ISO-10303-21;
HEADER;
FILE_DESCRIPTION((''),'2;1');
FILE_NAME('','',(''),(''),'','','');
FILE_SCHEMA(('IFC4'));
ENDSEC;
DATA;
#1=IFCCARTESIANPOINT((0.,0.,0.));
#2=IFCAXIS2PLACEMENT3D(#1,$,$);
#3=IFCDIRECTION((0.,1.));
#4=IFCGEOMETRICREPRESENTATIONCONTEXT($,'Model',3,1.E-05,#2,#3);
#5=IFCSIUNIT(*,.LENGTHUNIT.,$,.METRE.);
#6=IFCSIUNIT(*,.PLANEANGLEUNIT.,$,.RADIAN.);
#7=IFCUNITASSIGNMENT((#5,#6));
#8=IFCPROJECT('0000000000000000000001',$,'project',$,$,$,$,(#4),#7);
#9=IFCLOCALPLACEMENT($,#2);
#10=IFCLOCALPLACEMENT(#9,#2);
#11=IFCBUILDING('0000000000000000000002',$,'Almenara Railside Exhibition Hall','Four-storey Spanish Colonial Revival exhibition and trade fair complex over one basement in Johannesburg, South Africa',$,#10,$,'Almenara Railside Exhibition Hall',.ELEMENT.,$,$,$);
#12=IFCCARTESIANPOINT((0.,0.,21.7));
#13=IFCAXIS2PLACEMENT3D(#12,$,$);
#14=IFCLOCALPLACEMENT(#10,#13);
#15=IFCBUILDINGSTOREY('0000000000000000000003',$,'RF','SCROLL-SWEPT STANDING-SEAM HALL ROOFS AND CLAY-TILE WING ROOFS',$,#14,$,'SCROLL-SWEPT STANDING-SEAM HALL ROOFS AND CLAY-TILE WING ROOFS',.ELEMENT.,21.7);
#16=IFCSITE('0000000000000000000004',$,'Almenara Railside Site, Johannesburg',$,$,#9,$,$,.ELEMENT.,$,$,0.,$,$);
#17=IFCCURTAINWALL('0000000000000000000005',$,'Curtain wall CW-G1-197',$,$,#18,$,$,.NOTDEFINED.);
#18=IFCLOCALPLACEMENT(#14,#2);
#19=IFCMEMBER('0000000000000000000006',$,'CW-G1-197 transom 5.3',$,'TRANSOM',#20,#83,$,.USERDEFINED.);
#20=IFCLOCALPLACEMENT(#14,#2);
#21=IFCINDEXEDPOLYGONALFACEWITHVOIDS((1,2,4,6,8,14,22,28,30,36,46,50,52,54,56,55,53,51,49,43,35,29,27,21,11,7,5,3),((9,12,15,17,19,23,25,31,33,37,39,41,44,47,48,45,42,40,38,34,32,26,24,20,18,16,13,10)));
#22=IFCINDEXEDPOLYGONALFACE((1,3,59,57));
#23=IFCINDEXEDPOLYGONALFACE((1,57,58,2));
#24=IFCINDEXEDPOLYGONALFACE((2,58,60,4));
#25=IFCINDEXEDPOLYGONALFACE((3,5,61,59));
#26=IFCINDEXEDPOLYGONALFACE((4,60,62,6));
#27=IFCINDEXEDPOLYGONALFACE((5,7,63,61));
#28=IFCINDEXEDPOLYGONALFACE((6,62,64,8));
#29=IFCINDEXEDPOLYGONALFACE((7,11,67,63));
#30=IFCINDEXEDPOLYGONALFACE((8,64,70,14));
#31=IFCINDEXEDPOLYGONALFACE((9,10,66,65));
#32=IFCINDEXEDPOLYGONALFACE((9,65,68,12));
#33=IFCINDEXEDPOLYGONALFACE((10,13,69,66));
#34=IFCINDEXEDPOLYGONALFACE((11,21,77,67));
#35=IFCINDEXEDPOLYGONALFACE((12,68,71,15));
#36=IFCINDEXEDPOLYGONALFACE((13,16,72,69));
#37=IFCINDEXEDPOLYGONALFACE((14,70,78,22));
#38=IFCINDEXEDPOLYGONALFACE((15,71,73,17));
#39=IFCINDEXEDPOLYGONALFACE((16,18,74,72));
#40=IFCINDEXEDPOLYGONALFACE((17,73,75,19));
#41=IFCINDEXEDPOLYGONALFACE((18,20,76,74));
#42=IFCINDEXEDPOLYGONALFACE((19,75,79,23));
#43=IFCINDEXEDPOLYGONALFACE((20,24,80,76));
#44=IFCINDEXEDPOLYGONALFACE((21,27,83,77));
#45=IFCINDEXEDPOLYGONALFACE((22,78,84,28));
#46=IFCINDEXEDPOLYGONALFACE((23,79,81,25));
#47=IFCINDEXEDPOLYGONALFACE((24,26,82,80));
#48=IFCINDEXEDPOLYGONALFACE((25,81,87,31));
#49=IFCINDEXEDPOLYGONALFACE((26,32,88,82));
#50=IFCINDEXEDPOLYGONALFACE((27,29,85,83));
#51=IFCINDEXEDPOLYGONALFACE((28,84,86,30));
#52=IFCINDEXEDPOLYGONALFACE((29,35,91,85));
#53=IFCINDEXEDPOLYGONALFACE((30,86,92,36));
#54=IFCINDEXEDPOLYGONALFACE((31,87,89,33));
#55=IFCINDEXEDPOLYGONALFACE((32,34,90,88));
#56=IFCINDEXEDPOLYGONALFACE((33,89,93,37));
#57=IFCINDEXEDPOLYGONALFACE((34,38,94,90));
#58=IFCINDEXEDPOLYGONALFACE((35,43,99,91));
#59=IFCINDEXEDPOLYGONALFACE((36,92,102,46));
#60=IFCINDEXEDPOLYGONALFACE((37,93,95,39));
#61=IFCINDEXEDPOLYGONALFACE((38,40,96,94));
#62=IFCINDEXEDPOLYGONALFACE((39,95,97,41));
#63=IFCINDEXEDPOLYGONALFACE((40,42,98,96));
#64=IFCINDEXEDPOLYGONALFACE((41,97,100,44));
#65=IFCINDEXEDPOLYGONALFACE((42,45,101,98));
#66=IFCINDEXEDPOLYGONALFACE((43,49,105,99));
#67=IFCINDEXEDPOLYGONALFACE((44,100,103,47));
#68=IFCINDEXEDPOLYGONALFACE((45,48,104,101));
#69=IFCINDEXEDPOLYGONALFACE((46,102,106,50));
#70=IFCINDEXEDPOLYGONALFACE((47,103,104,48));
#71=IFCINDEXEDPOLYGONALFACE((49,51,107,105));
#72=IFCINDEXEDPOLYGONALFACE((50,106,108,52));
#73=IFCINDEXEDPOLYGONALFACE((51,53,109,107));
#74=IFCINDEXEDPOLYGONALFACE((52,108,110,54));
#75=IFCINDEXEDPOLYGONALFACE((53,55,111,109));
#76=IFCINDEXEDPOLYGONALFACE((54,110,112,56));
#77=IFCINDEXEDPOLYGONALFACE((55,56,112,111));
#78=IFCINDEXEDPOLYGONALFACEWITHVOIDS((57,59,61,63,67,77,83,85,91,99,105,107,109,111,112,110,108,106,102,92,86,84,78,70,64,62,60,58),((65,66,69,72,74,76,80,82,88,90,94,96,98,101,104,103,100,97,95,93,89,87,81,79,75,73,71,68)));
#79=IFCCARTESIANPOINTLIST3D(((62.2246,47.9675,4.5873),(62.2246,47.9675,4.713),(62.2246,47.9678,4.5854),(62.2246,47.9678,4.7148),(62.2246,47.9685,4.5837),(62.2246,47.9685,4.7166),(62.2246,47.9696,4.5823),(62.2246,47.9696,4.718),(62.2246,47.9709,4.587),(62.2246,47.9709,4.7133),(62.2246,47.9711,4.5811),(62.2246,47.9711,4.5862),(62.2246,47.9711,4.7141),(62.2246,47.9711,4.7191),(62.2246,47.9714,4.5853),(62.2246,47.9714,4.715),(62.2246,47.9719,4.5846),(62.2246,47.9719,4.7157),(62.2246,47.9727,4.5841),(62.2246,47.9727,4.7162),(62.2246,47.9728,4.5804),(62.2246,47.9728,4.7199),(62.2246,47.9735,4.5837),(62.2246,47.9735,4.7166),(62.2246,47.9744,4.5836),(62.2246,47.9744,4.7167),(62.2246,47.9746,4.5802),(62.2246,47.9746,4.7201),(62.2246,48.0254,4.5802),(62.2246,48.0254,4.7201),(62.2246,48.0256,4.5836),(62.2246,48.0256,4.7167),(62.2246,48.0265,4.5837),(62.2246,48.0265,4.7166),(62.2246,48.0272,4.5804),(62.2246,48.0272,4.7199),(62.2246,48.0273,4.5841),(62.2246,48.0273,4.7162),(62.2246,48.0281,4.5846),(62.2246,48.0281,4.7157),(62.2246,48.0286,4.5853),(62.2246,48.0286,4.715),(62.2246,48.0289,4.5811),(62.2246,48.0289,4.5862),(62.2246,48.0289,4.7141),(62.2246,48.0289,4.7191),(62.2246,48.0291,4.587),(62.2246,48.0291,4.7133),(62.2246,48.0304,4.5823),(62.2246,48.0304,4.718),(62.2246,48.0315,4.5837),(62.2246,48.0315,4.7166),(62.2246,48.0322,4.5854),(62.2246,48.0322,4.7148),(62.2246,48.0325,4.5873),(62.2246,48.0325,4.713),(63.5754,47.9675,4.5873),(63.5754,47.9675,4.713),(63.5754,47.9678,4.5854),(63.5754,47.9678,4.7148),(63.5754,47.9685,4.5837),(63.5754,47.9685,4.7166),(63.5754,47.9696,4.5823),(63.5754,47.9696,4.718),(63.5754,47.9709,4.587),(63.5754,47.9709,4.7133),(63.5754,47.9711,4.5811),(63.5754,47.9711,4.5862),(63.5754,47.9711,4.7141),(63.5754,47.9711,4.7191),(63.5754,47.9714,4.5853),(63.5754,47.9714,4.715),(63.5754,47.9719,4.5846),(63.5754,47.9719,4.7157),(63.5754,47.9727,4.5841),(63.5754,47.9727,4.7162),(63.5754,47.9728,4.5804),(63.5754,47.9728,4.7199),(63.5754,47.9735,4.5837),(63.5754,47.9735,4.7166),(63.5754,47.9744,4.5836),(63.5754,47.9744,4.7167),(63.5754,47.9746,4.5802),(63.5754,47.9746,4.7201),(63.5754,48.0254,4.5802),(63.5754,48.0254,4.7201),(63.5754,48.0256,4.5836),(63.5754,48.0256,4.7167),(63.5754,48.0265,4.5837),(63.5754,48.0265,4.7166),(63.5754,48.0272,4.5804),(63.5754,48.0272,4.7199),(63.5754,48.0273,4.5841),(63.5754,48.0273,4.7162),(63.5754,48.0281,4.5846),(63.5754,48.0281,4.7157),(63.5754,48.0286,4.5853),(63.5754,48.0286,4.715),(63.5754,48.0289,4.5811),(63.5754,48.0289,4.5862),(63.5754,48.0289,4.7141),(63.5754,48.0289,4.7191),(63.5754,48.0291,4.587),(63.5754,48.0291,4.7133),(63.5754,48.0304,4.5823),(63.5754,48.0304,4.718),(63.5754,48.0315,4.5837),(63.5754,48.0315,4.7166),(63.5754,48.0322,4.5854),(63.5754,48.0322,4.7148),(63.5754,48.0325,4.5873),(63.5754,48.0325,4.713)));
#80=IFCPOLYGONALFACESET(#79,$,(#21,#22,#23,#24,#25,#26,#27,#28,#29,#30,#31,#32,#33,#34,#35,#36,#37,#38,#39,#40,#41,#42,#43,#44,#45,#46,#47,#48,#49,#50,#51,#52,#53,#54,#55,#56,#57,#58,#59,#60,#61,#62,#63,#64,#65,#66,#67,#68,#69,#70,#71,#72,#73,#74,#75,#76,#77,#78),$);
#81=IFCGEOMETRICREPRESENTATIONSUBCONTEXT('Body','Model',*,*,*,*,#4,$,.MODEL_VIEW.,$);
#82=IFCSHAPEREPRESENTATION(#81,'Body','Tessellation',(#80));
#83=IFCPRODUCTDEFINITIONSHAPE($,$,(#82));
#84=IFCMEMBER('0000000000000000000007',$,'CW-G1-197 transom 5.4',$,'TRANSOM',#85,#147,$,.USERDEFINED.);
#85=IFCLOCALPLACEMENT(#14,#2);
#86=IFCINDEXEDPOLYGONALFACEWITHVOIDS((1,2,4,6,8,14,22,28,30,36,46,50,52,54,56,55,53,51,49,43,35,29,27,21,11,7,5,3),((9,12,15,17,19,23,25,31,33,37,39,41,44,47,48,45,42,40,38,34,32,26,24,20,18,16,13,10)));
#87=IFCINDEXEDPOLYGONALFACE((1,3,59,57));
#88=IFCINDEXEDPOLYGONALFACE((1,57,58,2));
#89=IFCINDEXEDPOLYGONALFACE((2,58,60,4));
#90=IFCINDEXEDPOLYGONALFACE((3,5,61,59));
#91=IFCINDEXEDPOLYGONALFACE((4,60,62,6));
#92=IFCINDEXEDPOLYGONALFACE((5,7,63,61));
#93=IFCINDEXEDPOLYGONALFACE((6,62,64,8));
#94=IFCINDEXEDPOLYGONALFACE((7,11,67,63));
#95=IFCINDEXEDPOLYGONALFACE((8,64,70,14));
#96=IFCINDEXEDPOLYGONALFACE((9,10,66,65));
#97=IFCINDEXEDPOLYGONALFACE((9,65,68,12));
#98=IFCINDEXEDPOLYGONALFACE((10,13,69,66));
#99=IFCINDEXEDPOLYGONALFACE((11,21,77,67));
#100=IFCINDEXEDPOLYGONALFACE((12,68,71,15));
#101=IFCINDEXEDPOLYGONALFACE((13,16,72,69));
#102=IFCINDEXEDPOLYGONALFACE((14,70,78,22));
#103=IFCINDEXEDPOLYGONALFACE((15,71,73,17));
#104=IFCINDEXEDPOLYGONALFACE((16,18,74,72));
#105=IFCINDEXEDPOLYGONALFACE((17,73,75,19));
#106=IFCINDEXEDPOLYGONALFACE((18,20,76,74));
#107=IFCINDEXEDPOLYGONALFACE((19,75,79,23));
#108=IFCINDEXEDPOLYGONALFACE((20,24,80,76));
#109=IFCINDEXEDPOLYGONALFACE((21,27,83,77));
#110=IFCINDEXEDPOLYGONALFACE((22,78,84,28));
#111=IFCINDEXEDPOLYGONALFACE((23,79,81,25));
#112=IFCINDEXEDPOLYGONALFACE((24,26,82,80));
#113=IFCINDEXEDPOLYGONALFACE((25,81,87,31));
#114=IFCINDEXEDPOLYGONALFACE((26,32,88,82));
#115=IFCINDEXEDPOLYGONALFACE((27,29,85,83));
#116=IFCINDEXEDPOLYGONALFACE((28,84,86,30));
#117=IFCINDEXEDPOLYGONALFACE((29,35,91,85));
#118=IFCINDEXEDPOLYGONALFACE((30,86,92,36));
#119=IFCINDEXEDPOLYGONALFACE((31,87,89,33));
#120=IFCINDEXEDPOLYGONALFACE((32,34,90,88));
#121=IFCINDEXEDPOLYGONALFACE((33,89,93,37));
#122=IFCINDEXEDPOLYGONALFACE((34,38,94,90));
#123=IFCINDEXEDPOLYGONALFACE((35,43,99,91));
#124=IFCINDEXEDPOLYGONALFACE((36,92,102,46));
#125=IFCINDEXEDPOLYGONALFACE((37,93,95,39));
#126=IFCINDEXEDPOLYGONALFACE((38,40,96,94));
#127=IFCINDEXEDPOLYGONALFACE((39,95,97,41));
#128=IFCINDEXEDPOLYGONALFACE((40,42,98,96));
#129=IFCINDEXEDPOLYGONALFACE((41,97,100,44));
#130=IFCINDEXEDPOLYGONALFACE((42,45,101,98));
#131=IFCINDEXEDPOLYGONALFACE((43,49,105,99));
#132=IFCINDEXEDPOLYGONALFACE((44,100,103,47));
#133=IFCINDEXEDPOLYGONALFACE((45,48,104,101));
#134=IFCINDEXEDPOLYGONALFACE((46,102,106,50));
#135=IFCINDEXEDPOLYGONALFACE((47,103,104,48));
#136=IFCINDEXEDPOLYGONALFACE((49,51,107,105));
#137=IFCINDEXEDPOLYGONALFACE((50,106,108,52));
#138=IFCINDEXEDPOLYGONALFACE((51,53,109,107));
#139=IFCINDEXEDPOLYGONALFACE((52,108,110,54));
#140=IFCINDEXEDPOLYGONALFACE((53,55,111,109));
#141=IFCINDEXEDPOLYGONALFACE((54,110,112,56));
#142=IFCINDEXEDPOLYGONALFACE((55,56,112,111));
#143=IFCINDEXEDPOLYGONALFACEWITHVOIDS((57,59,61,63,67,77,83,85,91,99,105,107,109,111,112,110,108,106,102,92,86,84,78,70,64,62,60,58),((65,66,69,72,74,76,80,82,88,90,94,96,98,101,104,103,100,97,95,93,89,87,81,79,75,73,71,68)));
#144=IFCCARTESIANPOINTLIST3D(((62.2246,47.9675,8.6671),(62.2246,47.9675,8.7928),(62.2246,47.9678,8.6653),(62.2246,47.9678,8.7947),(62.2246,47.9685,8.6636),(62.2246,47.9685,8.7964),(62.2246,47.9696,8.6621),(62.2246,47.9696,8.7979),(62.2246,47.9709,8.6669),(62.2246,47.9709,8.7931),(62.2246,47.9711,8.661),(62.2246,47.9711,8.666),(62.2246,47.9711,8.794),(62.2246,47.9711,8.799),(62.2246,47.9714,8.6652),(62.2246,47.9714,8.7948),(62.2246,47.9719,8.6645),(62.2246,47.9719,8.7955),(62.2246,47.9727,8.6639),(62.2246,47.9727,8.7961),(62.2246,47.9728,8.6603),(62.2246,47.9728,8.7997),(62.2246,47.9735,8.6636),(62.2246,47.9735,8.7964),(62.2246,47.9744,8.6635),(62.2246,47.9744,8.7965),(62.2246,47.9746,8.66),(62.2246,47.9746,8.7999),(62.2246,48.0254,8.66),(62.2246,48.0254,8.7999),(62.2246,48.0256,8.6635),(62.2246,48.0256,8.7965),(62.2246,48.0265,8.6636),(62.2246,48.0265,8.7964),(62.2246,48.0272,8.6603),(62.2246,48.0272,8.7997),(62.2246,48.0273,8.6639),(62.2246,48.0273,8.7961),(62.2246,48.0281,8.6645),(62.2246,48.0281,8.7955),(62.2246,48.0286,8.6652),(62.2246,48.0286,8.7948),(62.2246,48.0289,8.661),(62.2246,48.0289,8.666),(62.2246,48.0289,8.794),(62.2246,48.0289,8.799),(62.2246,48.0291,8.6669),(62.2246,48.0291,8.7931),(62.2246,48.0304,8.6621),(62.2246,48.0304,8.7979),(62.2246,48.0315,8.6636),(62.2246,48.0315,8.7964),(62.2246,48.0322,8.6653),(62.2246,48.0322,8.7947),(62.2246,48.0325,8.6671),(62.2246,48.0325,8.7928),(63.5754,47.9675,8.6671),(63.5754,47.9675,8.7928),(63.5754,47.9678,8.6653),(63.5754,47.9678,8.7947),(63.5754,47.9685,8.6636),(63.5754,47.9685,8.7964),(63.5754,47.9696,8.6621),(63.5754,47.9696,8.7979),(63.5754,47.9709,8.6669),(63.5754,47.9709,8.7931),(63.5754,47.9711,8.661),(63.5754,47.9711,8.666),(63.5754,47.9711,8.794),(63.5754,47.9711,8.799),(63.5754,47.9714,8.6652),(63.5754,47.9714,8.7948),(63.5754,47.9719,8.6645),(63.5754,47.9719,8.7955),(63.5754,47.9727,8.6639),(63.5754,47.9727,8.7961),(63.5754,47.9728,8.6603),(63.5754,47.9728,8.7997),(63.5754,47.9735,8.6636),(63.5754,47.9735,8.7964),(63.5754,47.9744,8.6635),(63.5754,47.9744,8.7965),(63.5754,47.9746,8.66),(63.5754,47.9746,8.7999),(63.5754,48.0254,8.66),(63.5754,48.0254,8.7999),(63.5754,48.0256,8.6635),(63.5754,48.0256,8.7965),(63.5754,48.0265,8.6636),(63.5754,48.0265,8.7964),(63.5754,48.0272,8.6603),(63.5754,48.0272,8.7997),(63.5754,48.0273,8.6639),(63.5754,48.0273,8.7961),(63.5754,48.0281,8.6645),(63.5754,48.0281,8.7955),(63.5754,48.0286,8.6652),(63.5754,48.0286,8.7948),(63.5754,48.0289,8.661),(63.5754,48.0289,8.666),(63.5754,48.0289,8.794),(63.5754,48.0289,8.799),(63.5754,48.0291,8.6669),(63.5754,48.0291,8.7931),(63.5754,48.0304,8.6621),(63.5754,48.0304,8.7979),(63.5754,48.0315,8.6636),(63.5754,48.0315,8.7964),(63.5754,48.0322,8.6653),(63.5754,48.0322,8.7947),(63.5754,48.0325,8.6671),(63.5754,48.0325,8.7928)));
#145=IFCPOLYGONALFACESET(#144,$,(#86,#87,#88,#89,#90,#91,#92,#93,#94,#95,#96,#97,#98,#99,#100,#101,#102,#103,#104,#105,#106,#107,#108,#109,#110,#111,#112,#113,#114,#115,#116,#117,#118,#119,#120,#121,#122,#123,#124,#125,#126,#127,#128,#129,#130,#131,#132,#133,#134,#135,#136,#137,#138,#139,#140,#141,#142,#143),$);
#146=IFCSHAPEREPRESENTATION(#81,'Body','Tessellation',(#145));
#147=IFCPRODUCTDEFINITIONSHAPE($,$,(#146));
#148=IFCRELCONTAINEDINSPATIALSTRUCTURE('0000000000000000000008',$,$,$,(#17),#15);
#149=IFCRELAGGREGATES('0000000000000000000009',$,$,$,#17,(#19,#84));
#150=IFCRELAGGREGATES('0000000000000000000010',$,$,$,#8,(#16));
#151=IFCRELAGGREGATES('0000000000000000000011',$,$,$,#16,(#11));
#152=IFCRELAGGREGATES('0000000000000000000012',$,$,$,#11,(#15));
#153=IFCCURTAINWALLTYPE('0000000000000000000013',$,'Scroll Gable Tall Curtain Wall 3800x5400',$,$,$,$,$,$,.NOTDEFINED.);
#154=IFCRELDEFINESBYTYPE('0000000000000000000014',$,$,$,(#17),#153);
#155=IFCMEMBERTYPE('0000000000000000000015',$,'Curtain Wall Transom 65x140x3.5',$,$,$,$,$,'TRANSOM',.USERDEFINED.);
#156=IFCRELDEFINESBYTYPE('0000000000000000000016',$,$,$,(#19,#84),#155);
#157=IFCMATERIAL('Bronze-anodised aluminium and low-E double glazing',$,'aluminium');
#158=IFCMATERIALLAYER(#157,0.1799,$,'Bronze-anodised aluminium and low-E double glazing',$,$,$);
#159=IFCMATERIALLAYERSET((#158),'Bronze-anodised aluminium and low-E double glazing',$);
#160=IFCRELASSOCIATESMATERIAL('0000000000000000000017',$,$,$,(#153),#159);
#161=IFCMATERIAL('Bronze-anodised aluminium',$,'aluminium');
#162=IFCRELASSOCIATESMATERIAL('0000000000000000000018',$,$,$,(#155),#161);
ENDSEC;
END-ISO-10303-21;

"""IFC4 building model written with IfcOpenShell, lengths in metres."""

from ifc_helpers import new_model, si_unit, direction, frame, origin, origin_2d, place, context, subcontext, project, spatial, hollow_rectangle, extrude, material, layer, layer_set, material_profile, profile_set, type_object, element, aggregate, save


model = new_model("IFC4")

# Units and contexts
model_context = context("Model", 3, precision=1e-05, world=origin(), true_north=direction((0.0, 1.0)))
body_context = subcontext(model_context, "Body", "Model", "MODEL_VIEW")
ifc_project = project(units=[si_unit("LENGTHUNIT", "METRE"), si_unit("PLANEANGLEUNIT", "RADIAN")], contexts=[model_context])

# Site, building, storey
site_placement = place(None, origin())
site = spatial("IfcSite", under=ifc_project, at=site_placement, Name="Almenara Railside Site, Johannesburg", CompositionType="ELEMENT", RefElevation=0.0)
building_placement = place(site_placement, origin())
building = spatial("IfcBuilding", under=site, at=building_placement, Name="Almenara Railside Exhibition Hall", Description="Four-storey Spanish Colonial Revival exhibition and trade fair complex over one basement in Johannesburg, South Africa", LongName="Almenara Railside Exhibition Hall", CompositionType="ELEMENT")
storey_placement = place(building_placement, frame((0.0, 0.0, 21.7)))
storey = spatial("IfcBuildingStorey", under=building, at=storey_placement, Name="RF", Description="SCROLL-SWEPT STANDING-SEAM HALL ROOFS AND CLAY-TILE WING ROOFS", LongName="SCROLL-SWEPT STANDING-SEAM HALL ROOFS AND CLAY-TILE WING ROOFS", CompositionType="ELEMENT", Elevation=21.7)

# Curtain wall, members
ifc_material_1 = material(Name="Bronze-anodised aluminium and low-E double glazing", Category="aluminium")
ifc_layer_1 = layer(ifc_material_1, 0.1799, Name="Bronze-anodised aluminium and low-E double glazing")
ifc_layer_set_1 = layer_set([ifc_layer_1], Name="Bronze-anodised aluminium and low-E double glazing")
curtain_wall_type = type_object("IfcCurtainWallType", Name="Scroll Gable Tall Curtain Wall 3800x5400", PredefinedType="NOTDEFINED", material=ifc_layer_set_1)
curtain_wall_placement = place(storey_placement, origin())
curtain_wall = element("IfcCurtainWall", 1, at=curtain_wall_placement, inside=storey, type_object=curtain_wall_type, Name="Curtain wall CW-G1-197", PredefinedType="NOTDEFINED")
ifc_material_2 = material(Name="Bronze-anodised aluminium", Category="aluminium")
ifc_material_profile_1 = material_profile(ifc_material_2, hollow_rectangle(XDim=0.0649, YDim=0.1399, WallThickness=0.0034, InnerFilletRadius=0.0034, OuterFilletRadius=0.0071, at=origin_2d()), Name="ALU-TRN 65x140x3.5")
ifc_profile_set_1 = profile_set([ifc_material_profile_1], Name="Bronze-anodised aluminium")
member_type_1 = type_object("IfcMemberType", Name="Curtain Wall Transom 65x140x3.5", ElementType="TRANSOM", PredefinedType="USERDEFINED", material=ifc_profile_set_1)
member_1_placement = place(storey_placement, frame((62.2246, 48.0, 4.6501), z_axis=(1.0, 0.0, 0.0), x_axis=(0.0, 1.0, 0.0)))
member_1 = element("IfcMember", 2, at=member_1_placement, type_object=member_type_1, Name="CW-G1-197 transom 5.3", ObjectType="TRANSOM", PredefinedType="USERDEFINED", context=body_context, shape_type="SweptSolid", body=[
    extrude(hollow_rectangle(XDim=0.0649, YDim=0.1399, WallThickness=0.0034, InnerFilletRadius=0.0034, OuterFilletRadius=0.0071, at=origin_2d()), origin(), (0.0, 0.0, 1.0), 1.3508),
])
member_2_placement = place(storey_placement, frame((62.2246, 48.0, 8.73), z_axis=(1.0, 0.0, 0.0), x_axis=(0.0, 1.0, 0.0)))
member_2 = element("IfcMember", 3, at=member_2_placement, type_object=member_type_1, Name="CW-G1-197 transom 5.4", ObjectType="TRANSOM", PredefinedType="USERDEFINED", context=body_context, shape_type="SweptSolid", body=[
    extrude(hollow_rectangle(XDim=0.0649, YDim=0.1399, WallThickness=0.0034, InnerFilletRadius=0.0034, OuterFilletRadius=0.0071, at=origin_2d()), origin(), (0.0, 0.0, 1.0), 1.3508),
])

aggregate(curtain_wall, [member_1, member_2])

save(model, "model.ifc")
